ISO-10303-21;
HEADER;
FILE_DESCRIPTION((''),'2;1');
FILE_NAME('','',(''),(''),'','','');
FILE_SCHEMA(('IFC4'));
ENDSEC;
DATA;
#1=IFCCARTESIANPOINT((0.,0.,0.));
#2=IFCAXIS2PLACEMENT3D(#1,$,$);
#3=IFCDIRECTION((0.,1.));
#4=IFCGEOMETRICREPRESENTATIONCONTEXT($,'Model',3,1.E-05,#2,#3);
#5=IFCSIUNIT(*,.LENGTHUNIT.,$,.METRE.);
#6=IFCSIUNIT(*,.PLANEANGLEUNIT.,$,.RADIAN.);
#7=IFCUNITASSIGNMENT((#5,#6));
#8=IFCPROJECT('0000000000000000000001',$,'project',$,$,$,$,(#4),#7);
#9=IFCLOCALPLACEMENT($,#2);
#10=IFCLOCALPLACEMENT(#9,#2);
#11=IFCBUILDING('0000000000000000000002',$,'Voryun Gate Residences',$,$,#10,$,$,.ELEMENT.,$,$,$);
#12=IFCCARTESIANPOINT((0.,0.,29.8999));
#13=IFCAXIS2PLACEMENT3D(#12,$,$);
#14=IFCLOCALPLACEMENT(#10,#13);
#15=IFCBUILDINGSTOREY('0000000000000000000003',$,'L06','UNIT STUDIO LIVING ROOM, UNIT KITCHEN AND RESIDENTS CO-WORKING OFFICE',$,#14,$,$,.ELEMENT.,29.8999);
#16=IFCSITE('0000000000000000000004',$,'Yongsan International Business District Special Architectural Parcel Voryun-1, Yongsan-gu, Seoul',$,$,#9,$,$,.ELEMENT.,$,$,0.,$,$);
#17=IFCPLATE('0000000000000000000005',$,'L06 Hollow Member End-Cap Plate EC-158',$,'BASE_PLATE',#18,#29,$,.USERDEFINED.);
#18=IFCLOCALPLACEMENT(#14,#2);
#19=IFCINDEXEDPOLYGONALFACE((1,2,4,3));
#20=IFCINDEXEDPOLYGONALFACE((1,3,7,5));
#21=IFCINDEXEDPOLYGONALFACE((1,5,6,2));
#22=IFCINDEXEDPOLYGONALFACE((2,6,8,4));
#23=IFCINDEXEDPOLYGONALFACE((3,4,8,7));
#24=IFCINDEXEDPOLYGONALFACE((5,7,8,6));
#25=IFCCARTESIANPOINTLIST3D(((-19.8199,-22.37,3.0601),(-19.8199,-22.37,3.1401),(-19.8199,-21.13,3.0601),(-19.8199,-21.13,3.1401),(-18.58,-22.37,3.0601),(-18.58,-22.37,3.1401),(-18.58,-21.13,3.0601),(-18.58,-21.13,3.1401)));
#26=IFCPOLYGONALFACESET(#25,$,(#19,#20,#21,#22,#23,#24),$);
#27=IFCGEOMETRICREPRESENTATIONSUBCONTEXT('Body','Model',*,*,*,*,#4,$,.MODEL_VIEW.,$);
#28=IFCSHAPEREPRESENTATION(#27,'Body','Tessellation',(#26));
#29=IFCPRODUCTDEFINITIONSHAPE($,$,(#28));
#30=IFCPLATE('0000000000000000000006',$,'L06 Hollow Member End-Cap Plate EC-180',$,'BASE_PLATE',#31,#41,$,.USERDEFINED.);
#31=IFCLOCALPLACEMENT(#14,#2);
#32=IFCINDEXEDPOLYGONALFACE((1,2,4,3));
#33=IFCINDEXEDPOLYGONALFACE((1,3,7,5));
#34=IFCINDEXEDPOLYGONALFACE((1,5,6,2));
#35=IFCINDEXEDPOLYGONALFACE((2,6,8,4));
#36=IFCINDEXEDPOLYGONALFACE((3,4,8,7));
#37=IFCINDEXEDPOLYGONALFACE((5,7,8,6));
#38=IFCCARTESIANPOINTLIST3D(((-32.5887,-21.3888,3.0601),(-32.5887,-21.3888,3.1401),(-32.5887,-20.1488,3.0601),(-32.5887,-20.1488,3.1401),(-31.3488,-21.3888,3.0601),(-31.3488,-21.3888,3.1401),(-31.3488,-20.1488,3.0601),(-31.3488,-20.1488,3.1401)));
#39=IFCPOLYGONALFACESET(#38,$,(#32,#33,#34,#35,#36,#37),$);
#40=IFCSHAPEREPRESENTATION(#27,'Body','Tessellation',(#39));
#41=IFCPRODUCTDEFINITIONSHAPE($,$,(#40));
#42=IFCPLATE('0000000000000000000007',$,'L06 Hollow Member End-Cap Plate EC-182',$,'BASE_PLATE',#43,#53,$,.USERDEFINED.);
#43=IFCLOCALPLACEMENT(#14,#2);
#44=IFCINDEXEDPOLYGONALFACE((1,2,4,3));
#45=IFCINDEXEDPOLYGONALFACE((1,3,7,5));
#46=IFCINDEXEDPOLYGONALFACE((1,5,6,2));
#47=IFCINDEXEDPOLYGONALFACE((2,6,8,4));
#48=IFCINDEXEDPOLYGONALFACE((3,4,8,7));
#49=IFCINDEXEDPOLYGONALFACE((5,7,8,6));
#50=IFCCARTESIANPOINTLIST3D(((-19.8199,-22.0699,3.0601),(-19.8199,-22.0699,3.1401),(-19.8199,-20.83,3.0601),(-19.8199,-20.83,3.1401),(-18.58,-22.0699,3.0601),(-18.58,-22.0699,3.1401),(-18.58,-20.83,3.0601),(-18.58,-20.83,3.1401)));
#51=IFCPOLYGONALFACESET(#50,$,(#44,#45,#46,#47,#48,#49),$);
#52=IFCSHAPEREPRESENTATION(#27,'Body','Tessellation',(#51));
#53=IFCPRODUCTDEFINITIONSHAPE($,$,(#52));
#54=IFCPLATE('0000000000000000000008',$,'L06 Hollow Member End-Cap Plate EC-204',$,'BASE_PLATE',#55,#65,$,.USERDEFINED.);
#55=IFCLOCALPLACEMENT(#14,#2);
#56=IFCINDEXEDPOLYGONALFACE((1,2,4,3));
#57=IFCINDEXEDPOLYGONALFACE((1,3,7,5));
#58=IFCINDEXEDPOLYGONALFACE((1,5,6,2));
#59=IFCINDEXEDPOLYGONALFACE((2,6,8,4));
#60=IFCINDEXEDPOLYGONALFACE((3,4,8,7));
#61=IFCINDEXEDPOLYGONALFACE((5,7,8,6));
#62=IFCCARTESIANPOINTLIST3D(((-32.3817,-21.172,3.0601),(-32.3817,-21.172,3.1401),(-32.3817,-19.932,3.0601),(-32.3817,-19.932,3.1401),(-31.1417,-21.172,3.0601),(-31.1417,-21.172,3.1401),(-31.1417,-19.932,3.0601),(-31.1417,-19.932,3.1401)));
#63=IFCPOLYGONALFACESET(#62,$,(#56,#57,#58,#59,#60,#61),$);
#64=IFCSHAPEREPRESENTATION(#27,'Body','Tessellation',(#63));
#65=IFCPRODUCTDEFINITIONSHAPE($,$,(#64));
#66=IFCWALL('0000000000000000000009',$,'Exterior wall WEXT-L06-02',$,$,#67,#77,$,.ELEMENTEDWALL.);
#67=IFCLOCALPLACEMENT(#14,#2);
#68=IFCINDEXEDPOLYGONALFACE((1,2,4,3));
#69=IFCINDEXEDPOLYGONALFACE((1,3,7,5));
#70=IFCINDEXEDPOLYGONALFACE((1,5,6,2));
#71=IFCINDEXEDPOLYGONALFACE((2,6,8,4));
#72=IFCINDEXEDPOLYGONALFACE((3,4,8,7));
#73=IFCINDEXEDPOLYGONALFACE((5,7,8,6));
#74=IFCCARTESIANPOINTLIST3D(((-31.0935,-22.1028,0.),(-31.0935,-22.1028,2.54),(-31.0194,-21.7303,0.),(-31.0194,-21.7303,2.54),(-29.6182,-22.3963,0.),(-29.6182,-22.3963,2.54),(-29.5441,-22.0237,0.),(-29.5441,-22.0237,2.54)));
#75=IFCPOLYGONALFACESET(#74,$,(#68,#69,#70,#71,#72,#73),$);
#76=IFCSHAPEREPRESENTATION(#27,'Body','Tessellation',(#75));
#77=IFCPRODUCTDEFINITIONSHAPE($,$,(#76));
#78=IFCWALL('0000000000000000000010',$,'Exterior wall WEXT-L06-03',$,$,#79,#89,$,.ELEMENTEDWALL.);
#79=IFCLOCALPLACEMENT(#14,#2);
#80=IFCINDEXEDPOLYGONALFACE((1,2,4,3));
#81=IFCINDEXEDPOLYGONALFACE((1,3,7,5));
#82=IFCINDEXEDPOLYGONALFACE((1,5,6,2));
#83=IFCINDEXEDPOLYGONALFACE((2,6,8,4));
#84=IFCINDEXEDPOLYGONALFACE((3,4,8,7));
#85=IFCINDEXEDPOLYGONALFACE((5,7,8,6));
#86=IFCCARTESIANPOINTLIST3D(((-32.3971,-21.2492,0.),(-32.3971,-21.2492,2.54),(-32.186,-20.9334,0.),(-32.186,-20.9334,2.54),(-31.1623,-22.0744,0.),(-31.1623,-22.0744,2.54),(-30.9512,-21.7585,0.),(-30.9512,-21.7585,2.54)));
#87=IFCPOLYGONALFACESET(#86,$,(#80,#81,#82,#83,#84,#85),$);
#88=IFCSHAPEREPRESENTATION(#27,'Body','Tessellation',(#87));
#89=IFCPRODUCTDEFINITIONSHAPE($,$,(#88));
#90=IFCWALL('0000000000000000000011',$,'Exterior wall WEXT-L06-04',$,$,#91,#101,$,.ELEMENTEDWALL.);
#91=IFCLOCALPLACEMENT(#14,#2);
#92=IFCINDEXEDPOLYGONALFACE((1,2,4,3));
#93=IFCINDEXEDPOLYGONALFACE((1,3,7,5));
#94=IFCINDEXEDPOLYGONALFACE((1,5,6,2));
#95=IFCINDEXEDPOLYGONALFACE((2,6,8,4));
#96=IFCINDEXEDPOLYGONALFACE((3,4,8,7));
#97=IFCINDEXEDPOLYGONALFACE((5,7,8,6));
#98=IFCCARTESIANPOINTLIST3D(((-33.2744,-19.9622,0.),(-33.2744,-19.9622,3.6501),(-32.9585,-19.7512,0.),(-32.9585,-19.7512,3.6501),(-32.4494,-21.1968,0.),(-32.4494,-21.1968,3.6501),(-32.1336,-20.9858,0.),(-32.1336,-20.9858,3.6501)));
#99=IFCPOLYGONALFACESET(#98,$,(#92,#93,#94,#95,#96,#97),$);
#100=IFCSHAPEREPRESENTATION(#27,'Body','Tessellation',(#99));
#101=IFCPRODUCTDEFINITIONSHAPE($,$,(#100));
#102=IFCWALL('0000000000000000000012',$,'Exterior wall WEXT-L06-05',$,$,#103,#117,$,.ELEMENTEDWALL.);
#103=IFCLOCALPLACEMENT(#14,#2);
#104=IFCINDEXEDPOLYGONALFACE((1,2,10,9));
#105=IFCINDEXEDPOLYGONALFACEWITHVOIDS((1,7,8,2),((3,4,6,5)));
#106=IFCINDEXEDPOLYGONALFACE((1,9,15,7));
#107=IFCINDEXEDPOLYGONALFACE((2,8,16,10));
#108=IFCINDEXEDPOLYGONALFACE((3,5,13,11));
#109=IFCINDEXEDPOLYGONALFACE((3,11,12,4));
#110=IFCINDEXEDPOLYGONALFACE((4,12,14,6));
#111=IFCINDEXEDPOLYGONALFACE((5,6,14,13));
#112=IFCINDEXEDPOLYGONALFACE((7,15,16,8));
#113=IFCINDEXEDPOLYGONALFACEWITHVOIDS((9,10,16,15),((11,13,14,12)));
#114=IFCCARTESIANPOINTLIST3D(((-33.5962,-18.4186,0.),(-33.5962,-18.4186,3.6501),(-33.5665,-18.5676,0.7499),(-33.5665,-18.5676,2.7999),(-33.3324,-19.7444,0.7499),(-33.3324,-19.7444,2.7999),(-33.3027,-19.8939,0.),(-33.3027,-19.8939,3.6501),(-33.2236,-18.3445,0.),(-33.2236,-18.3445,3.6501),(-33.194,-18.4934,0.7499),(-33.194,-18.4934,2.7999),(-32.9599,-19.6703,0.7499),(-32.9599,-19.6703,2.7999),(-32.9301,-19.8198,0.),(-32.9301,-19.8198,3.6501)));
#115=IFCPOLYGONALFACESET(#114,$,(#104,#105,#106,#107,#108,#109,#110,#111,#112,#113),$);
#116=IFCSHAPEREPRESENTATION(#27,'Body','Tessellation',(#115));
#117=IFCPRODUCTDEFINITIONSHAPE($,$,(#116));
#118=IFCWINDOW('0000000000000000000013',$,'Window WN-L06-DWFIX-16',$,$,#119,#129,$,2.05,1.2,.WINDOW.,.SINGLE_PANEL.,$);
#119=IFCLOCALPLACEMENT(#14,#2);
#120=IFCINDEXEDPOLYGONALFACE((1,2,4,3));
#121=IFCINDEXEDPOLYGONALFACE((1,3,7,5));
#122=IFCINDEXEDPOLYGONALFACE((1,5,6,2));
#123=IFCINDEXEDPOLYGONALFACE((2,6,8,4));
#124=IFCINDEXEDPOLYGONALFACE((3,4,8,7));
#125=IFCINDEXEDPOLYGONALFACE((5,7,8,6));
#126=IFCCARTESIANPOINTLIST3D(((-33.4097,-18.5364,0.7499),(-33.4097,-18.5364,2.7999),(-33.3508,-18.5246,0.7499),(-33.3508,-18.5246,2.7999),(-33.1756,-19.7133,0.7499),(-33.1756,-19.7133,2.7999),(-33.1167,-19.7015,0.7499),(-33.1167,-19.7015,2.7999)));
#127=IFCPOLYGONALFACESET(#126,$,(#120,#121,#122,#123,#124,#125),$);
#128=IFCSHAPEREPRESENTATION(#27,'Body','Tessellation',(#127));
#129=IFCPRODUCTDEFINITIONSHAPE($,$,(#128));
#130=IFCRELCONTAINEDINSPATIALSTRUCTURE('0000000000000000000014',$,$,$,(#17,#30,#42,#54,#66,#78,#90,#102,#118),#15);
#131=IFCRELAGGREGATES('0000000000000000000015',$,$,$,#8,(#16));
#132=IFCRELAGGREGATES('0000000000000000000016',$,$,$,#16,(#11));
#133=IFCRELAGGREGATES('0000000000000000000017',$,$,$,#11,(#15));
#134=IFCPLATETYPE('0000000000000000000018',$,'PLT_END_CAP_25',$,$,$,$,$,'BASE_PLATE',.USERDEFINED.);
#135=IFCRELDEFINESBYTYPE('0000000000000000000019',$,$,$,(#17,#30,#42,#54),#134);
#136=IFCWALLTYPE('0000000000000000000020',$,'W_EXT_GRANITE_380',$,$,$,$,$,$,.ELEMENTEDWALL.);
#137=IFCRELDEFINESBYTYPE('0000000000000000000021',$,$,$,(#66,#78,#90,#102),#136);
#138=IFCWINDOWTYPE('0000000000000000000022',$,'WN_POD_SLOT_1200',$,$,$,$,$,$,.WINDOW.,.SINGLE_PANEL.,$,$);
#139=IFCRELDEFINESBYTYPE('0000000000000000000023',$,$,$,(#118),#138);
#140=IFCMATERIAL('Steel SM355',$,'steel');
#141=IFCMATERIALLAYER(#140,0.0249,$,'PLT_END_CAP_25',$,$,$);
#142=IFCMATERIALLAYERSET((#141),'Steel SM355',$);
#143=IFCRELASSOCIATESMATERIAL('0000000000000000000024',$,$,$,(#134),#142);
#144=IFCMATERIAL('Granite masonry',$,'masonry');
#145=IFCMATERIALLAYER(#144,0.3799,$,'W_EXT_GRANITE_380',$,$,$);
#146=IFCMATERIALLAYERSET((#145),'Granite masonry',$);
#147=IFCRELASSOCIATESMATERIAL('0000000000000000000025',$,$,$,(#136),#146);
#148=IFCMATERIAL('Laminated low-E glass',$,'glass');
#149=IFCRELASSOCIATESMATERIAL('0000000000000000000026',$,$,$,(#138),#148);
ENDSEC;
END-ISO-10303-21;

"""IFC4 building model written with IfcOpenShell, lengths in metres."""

from ifc_helpers import new_model, si_unit, direction, frame, frame_2d, origin, origin_2d, place, context, subcontext, project, spatial, rectangle, extrude, material, layer, layer_set, type_object, element, fill, save


model = new_model("IFC4")

# Units and contexts
model_context = context("Model", 3, precision=1e-05, world=origin(), true_north=direction((0.0, 1.0)))
body_context = subcontext(model_context, "Body", "Model", "MODEL_VIEW")
ifc_project = project(units=[si_unit("LENGTHUNIT", "METRE"), si_unit("PLANEANGLEUNIT", "RADIAN")], contexts=[model_context])

# Site, building, storey
site_placement = place(None, origin())
site = spatial("IfcSite", under=ifc_project, at=site_placement, Name="Yongsan International Business District Special Architectural Parcel Voryun-1, Yongsan-gu, Seoul", CompositionType="ELEMENT", RefElevation=0.0)
building_placement = place(site_placement, origin())
building = spatial("IfcBuilding", under=site, at=building_placement, Name="Voryun Gate Residences", CompositionType="ELEMENT")
storey_placement = place(building_placement, frame((0.0, 0.0, 29.8999)))
storey = spatial("IfcBuildingStorey", under=building, at=storey_placement, Name="L06", Description="UNIT STUDIO LIVING ROOM, UNIT KITCHEN AND RESIDENTS CO-WORKING OFFICE", CompositionType="ELEMENT", Elevation=29.8999)

# Plates
ifc_material_1 = material(Name="Steel SM355", Category="steel")
ifc_layer_1 = layer(ifc_material_1, 0.0249, Name="PLT_END_CAP_25")
ifc_layer_set_1 = layer_set([ifc_layer_1], Name="Steel SM355")
plate_type = type_object("IfcPlateType", Name="PLT_END_CAP_25", ElementType="BASE_PLATE", PredefinedType="USERDEFINED", material=ifc_layer_set_1)
for number, where, z_axis, x_axis, name in (
    (1, (-19.2, -21.75, 3.0601), (0.0, 0.0, 1.0), (1.0, 0.0, 0.0), "L06 Hollow Member End-Cap Plate EC-158"),
    (2, (-31.9688, -20.7688, 3.0601), (0.0, 0.0, 1.0), (1.0, 0.0, 0.0), "L06 Hollow Member End-Cap Plate EC-180"),
    (3, (-19.2, -21.45, 3.0601), (0.0, 0.0, 1.0), (1.0, 0.0, 0.0), "L06 Hollow Member End-Cap Plate EC-182"),
    (4, (-31.7617, -20.552, 3.0601), (0.0, 0.0, 1.0), (1.0, 0.0, 0.0), "L06 Hollow Member End-Cap Plate EC-204"),
):
    element("IfcPlate", number, at=place(storey_placement, frame(where, z_axis=z_axis, x_axis=x_axis)), inside=storey, type_object=plate_type, Name=name, ObjectType="BASE_PLATE", PredefinedType="USERDEFINED", context=body_context, shape_type="SweptSolid", body=[
        extrude(rectangle(XDim=1.24, YDim=1.24, at=origin_2d()), origin(), (0.0, 0.0, 1.0), 0.0801),
    ])

# Walls
ifc_material_2 = material(Name="Granite masonry", Category="masonry")
ifc_layer_2 = layer(ifc_material_2, 0.3799, Name="W_EXT_GRANITE_380")
ifc_layer_set_2 = layer_set([ifc_layer_2], Name="Granite masonry")
wall_type_1 = type_object("IfcWallType", Name="W_EXT_GRANITE_380", PredefinedType="ELEMENTEDWALL", material=ifc_layer_set_2)
wall_1_placement = place(storey_placement, frame((-29.5813, -22.21, 0.0), z_axis=(0.0, 0.0, 1.0), x_axis=(-0.980786, 0.195086, 0.0)))
element("IfcWall", 5, at=wall_1_placement, inside=storey, type_object=wall_type_1, Name="Exterior wall WEXT-L06-02", PredefinedType="ELEMENTEDWALL", context=body_context, shape_type="SweptSolid", body=[
    extrude(rectangle(XDim=1.5042, YDim=0.3799, at=frame_2d((0.752, 0.0))), origin(), (0.0, 0.0, 1.0), 2.54),
])
wall_2_placement = place(storey_placement, frame((-31.0566, -21.9165, 0.0), z_axis=(0.0, 0.0, 1.0), x_axis=(-0.831443, 0.55561, 0.0)))
element("IfcWall", 6, at=wall_2_placement, inside=storey, type_object=wall_type_1, Name="Exterior wall WEXT-L06-03", PredefinedType="ELEMENTEDWALL", context=body_context, shape_type="SweptSolid", body=[
    extrude(rectangle(XDim=1.4851, YDim=0.3799, at=frame_2d((0.7427, 0.0))), origin(), (0.0, 0.0, 1.0), 2.54),
])
wall_3_placement = place(storey_placement, frame((-32.2915, -21.0913, 0.0), z_axis=(0.0, 0.0, 1.0), x_axis=(-0.555573, 0.831468, 0.0)))
element("IfcWall", 7, at=wall_3_placement, inside=storey, type_object=wall_type_1, Name="Exterior wall WEXT-L06-04", PredefinedType="ELEMENTEDWALL", context=body_context, shape_type="SweptSolid", body=[
    extrude(rectangle(XDim=1.4849, YDim=0.3799, at=frame_2d((0.7424, 0.0))), origin(), (0.0, 0.0, 1.0), 3.6501),
])

# Wall, opening, window
wall_4_placement = place(storey_placement, frame((-33.1165, -19.8567, 0.0), z_axis=(0.0, 0.0, 1.0), x_axis=(-0.195086, 0.980786, 0.0)))
wall_4 = element("IfcWall", 8, at=wall_4_placement, inside=storey, type_object=wall_type_1, Name="Exterior wall WEXT-L06-05", PredefinedType="ELEMENTEDWALL", context=body_context, shape_type="SweptSolid", body=[
    extrude(rectangle(XDim=1.5042, YDim=0.3799, at=frame_2d((0.752, 0.0))), origin(), (0.0, 0.0, 1.0), 3.6501),
])
opening_1_placement = place(wall_4_placement, frame((0.1521, 0.0, 0.75)))
opening_1 = element("IfcOpeningElement", 9, at=opening_1_placement, cuts=wall_4, PredefinedType="OPENING", context=body_context, shape_type="SweptSolid", body=[
    extrude(rectangle(XDim=1.2, YDim=2.05, at=frame_2d((0.6001, 1.0249))), frame((0.0, 0.2, 0.0), z_axis=(0.0, -1.0, 0.0), x_axis=(1.0, 0.0, 0.0)), (0.0, 0.0, 1.0), 0.3999),
])
ifc_material_3 = material(Name="Laminated low-E glass", Category="glass")
window_type = type_object("IfcWindowType", Name="WN_POD_SLOT_1200", PartitioningType="SINGLE_PANEL", PredefinedType="WINDOW", material=ifc_material_3)
window_1_placement = place(opening_1_placement, origin())
window_1 = element("IfcWindow", 10, at=window_1_placement, inside=storey, type_object=window_type, Name="Window WN-L06-DWFIX-16", OverallHeight=2.05, OverallWidth=1.2, PartitioningType="SINGLE_PANEL", PredefinedType="WINDOW", context=body_context, shape_type="SweptSolid", body=[
    extrude(rectangle(XDim=1.2, YDim=2.05, at=frame_2d((0.6001, 1.0249))), frame((0.0, 0.03, 0.0), z_axis=(0.0, -1.0, 0.0), x_axis=(1.0, 0.0, 0.0)), (0.0, 0.0, 1.0), 0.0601),
])
fill(opening_1, window_1)

save(model, "model.ifc")
